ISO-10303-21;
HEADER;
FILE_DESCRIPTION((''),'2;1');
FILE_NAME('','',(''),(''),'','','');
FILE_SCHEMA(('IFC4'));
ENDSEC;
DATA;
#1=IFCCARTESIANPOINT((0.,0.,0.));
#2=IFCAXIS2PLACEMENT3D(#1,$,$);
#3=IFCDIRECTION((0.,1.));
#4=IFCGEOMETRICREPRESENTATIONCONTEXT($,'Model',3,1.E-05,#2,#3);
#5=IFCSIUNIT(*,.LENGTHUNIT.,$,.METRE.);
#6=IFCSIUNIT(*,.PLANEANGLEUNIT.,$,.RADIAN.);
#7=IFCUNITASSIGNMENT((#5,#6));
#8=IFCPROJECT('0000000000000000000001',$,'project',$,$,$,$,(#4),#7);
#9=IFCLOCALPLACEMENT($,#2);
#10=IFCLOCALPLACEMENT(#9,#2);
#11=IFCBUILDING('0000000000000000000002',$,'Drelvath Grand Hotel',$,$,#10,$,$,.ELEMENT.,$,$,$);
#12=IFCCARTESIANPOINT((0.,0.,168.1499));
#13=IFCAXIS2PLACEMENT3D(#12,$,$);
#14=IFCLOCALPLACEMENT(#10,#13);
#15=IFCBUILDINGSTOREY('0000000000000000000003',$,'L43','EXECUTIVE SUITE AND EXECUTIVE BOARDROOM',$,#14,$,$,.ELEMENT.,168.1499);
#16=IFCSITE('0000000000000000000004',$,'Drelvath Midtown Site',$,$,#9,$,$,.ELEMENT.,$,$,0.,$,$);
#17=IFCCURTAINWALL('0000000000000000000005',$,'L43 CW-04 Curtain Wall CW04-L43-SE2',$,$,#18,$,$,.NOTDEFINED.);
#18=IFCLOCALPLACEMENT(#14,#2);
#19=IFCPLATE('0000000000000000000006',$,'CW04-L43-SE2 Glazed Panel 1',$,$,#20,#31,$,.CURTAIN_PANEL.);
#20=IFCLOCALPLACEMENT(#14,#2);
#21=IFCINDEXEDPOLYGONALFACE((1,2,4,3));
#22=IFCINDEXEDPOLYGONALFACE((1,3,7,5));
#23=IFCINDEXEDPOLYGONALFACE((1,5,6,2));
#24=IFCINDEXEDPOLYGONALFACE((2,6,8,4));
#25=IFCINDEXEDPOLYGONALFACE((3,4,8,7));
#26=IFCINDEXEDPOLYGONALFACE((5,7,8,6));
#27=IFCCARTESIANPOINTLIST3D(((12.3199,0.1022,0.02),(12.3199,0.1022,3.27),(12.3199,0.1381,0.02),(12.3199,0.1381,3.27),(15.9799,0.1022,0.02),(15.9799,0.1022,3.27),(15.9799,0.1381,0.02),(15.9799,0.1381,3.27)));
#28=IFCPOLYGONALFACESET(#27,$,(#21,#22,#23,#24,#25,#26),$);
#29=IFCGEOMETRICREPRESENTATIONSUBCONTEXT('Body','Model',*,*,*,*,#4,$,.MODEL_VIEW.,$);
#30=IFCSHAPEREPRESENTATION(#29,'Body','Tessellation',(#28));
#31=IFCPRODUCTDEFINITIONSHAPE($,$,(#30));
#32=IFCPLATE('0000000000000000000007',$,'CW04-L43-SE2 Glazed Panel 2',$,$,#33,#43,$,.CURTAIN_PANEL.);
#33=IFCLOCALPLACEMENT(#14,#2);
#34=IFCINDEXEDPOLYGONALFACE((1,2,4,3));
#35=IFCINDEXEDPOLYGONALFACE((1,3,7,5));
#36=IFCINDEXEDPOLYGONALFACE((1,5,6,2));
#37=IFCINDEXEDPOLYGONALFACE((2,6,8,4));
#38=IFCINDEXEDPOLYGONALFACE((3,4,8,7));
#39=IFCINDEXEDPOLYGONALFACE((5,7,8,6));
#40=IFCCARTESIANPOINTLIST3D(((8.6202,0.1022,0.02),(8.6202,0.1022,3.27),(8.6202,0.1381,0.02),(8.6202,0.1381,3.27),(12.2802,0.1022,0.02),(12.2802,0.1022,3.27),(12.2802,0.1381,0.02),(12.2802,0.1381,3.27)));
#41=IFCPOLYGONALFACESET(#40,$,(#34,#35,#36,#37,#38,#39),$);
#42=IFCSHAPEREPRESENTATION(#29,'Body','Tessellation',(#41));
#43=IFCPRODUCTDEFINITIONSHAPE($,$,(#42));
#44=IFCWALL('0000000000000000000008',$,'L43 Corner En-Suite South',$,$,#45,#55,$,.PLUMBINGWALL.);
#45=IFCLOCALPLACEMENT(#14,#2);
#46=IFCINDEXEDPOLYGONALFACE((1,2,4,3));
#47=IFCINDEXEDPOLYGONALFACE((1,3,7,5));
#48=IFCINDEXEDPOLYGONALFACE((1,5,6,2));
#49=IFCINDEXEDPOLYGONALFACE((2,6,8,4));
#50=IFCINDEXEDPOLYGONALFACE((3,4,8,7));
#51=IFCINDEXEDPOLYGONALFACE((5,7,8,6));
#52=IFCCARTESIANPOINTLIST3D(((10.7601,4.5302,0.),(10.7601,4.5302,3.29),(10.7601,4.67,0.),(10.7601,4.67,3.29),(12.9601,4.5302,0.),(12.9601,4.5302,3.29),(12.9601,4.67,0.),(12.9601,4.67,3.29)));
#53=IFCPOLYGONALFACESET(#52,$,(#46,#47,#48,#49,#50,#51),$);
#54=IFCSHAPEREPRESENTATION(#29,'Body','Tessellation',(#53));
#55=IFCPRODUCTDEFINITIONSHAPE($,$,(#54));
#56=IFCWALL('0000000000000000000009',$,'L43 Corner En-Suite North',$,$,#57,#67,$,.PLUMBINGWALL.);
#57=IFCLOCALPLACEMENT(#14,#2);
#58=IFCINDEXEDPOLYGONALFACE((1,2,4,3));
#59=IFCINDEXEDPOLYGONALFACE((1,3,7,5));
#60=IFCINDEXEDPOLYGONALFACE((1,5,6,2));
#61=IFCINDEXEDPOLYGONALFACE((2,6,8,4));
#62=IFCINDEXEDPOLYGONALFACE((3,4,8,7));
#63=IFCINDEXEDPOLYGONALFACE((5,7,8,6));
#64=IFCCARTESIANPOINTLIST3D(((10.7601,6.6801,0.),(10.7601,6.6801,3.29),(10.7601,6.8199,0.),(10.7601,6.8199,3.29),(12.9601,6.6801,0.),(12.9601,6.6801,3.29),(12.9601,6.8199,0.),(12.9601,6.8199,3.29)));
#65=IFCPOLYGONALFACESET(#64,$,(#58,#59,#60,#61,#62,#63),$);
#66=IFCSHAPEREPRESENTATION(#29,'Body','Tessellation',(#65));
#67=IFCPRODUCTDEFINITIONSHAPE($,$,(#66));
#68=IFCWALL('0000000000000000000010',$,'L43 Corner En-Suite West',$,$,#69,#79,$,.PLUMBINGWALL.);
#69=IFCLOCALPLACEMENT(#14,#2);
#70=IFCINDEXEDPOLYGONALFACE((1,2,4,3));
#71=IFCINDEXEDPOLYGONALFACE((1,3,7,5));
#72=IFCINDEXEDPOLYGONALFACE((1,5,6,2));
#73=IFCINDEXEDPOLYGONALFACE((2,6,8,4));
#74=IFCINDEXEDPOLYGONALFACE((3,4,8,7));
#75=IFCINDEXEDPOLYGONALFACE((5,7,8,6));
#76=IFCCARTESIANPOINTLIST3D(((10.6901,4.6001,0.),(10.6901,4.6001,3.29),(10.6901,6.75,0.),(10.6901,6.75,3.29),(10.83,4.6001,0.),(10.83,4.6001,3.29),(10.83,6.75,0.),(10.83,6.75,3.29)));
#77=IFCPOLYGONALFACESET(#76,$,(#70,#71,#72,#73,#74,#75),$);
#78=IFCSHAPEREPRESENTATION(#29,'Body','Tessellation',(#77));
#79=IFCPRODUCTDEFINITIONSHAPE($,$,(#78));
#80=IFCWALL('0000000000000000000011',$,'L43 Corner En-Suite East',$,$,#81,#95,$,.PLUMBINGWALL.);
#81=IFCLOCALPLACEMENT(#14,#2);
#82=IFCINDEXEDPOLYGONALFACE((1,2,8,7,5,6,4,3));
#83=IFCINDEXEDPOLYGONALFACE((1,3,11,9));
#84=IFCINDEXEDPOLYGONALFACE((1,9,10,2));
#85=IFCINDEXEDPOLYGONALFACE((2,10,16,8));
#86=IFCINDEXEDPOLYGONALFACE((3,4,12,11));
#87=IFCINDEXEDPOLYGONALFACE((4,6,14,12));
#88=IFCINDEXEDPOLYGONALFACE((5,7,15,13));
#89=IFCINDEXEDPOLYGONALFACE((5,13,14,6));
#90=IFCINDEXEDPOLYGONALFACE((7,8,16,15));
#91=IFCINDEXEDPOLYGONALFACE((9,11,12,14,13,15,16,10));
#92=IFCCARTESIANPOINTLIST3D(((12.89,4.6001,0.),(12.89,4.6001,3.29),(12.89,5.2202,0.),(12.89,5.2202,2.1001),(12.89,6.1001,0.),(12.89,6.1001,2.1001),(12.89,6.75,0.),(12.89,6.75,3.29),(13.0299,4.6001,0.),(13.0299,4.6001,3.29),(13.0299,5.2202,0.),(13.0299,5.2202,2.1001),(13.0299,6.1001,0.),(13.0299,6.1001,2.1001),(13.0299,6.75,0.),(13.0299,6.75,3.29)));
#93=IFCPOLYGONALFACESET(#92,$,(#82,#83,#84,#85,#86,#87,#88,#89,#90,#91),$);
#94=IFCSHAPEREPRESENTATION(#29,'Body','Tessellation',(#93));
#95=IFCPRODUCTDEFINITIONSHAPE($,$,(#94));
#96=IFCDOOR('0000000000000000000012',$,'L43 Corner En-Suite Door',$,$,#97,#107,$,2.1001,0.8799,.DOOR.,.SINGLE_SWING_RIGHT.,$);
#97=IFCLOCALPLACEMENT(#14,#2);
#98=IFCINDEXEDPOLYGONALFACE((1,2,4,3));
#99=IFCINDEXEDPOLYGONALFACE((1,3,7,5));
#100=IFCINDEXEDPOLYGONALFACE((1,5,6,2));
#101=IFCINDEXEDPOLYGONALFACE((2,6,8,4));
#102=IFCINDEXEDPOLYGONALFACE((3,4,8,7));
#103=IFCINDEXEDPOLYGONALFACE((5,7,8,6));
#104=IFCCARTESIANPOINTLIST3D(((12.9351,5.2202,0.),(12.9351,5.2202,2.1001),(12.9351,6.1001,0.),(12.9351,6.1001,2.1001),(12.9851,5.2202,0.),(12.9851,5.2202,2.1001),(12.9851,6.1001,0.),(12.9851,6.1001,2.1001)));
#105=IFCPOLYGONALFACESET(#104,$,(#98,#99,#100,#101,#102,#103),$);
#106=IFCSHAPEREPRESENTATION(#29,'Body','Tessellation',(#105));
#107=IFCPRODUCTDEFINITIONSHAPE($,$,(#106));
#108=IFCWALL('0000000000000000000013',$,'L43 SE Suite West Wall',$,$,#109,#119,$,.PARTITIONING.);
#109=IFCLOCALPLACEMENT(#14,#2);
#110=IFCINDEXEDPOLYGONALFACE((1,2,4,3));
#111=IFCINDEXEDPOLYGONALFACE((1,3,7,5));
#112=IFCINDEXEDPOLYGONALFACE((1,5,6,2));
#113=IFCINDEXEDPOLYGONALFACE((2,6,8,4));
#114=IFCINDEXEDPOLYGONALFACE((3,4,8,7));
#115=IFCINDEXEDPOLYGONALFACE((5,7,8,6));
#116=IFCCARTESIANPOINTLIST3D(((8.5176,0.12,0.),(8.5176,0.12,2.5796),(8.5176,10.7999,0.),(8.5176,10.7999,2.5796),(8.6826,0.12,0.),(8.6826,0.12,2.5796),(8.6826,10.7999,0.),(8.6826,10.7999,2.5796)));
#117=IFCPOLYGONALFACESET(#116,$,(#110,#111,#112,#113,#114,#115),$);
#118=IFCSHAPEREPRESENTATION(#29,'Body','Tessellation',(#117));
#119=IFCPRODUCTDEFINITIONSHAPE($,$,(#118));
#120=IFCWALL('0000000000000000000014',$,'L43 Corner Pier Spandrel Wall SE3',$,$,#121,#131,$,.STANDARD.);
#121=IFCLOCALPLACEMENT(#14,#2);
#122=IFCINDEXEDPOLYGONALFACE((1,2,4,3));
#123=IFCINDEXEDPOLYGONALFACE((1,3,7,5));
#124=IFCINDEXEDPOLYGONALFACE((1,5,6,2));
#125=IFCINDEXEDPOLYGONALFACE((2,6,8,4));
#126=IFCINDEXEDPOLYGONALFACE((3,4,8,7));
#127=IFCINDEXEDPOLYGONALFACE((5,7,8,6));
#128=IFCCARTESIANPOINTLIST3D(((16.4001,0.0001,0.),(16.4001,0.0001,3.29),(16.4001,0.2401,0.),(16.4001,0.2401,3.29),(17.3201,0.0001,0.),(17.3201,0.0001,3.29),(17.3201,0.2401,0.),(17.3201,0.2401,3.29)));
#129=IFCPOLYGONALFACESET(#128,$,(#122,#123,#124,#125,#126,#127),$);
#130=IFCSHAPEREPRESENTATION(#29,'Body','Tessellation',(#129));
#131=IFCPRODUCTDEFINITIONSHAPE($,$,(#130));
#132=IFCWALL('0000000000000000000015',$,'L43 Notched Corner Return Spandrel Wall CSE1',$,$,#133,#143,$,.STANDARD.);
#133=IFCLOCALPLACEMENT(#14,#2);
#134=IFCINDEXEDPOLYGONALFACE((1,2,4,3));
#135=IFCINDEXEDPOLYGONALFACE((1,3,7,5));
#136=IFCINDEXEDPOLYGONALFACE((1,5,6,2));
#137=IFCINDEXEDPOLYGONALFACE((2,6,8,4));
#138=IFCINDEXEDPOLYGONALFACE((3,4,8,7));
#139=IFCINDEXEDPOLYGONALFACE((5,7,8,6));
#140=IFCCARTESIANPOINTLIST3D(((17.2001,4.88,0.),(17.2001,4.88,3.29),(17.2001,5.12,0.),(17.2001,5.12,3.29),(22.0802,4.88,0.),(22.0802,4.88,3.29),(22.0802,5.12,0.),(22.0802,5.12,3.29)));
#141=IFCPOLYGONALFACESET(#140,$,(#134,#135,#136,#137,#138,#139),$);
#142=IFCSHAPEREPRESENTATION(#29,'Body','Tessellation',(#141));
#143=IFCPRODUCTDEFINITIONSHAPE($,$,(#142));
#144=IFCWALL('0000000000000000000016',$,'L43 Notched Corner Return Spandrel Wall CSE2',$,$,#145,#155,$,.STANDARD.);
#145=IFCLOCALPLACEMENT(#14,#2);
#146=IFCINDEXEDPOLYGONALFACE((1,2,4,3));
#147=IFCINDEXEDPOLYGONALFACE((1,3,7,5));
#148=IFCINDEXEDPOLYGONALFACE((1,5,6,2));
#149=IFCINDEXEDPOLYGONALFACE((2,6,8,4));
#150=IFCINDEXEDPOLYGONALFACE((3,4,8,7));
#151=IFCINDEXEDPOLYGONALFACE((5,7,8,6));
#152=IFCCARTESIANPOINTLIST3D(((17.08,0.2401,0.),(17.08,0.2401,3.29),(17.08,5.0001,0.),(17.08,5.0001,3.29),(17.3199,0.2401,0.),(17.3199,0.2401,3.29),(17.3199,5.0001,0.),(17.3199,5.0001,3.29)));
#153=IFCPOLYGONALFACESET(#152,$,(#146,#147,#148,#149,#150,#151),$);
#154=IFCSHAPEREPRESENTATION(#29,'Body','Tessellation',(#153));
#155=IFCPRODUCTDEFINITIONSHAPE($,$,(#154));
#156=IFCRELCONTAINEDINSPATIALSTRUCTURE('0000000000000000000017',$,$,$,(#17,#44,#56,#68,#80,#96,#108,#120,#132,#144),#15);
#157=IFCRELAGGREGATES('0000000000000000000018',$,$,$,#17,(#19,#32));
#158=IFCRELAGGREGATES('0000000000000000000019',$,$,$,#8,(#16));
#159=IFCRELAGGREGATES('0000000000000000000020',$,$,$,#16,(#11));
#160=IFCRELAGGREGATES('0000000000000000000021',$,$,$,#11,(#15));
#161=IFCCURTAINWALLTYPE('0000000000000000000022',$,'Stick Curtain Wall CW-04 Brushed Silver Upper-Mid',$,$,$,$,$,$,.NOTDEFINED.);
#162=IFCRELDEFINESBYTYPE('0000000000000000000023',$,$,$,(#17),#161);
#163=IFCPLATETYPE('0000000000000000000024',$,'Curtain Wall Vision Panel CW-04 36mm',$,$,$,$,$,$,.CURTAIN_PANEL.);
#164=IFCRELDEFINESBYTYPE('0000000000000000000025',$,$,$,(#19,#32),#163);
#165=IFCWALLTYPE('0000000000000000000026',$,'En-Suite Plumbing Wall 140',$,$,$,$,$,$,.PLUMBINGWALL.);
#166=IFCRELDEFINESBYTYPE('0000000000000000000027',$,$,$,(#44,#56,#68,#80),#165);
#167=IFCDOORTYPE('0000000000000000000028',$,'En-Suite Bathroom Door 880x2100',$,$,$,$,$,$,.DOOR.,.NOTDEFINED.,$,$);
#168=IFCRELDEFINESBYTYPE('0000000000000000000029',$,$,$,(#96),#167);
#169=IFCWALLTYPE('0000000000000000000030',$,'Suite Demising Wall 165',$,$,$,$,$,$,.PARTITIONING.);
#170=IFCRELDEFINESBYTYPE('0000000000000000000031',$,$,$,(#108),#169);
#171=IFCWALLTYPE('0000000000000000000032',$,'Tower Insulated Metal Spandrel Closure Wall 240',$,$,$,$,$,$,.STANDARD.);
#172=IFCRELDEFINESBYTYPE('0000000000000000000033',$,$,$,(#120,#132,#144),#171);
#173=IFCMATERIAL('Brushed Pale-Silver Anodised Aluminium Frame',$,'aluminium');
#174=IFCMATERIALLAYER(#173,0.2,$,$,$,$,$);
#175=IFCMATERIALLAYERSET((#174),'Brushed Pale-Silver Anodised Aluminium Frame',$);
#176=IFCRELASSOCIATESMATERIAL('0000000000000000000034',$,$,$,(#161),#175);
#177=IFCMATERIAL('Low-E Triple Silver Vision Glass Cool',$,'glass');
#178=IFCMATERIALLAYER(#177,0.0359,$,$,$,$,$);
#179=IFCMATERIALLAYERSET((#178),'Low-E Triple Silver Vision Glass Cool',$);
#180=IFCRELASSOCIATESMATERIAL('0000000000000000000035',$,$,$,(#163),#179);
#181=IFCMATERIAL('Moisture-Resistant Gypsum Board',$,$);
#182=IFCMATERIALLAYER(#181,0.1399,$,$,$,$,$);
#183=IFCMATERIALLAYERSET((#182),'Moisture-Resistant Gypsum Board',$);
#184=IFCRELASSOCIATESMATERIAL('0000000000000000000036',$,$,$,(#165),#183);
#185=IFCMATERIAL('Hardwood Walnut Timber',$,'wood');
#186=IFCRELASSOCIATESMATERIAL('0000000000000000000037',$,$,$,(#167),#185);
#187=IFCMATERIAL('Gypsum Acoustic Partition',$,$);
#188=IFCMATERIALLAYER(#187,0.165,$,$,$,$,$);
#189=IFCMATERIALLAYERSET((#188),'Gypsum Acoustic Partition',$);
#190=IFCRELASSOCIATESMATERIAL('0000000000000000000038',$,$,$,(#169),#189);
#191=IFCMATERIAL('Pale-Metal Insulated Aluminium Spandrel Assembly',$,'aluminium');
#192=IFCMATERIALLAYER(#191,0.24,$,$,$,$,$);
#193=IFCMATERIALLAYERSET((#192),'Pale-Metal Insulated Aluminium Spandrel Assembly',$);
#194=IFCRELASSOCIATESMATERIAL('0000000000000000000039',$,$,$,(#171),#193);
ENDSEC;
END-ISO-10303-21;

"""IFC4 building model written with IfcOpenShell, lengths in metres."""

from ifc_helpers import new_model, si_unit, direction, frame, frame_2d, origin, origin_2d, place, context, subcontext, project, spatial, rectangle, extrude, material, layer, layer_set, type_object, element, fill, aggregate, save


model = new_model("IFC4")

# Units and contexts
model_context = context("Model", 3, precision=1e-05, world=origin(), true_north=direction((0.0, 1.0)))
body_context = subcontext(model_context, "Body", "Model", "MODEL_VIEW")
ifc_project = project(units=[si_unit("LENGTHUNIT", "METRE"), si_unit("PLANEANGLEUNIT", "RADIAN")], contexts=[model_context])

# Site, building, storey
site_placement = place(None, origin())
site = spatial("IfcSite", under=ifc_project, at=site_placement, Name="Drelvath Midtown Site", CompositionType="ELEMENT", RefElevation=0.0)
building_placement = place(site_placement, origin())
building = spatial("IfcBuilding", under=site, at=building_placement, Name="Drelvath Grand Hotel", CompositionType="ELEMENT")
storey_placement = place(building_placement, frame((0.0, 0.0, 168.1499)))
storey = spatial("IfcBuildingStorey", under=building, at=storey_placement, Name="L43", Description="EXECUTIVE SUITE AND EXECUTIVE BOARDROOM", CompositionType="ELEMENT", Elevation=168.1499)

# Curtain wall
ifc_material_1 = material(Name="Brushed Pale-Silver Anodised Aluminium Frame", Category="aluminium")
ifc_layer_1 = layer(ifc_material_1, 0.2)
ifc_layer_set_1 = layer_set([ifc_layer_1], Name="Brushed Pale-Silver Anodised Aluminium Frame")
curtain_wall_type = type_object("IfcCurtainWallType", Name="Stick Curtain Wall CW-04 Brushed Silver Upper-Mid", PredefinedType="NOTDEFINED", material=ifc_layer_set_1)
curtain_wall_1_placement = place(storey_placement, origin())
curtain_wall_1 = element("IfcCurtainWall", 1, at=curtain_wall_1_placement, inside=storey, type_object=curtain_wall_type, Name="L43 CW-04 Curtain Wall CW04-L43-SE2", PredefinedType="NOTDEFINED")

# Plates
ifc_material_2 = material(Name="Low-E Triple Silver Vision Glass Cool", Category="glass")
ifc_layer_2 = layer(ifc_material_2, 0.0359)
ifc_layer_set_2 = layer_set([ifc_layer_2], Name="Low-E Triple Silver Vision Glass Cool")
plate_type = type_object("IfcPlateType", Name="Curtain Wall Vision Panel CW-04 36mm", PredefinedType="CURTAIN_PANEL", material=ifc_layer_set_2)
plate_1_placement = place(storey_placement, frame((14.1499, 0.1201, 0.02), z_axis=(0.0, 0.0, 1.0), x_axis=(-1.0, 0.0, 0.0)))
plate_1 = element("IfcPlate", 2, at=plate_1_placement, type_object=plate_type, Name="CW04-L43-SE2 Glazed Panel 1", PredefinedType="CURTAIN_PANEL", context=body_context, shape_type="SweptSolid", body=[
    extrude(rectangle(XDim=3.6599, YDim=0.0359, at=origin_2d()), origin(), (0.0, 0.0, 1.0), 3.25),
])
plate_2_placement = place(storey_placement, frame((10.4502, 0.1201, 0.02), z_axis=(0.0, 0.0, 1.0), x_axis=(-1.0, 0.0, 0.0)))
plate_2 = element("IfcPlate", 3, at=plate_2_placement, type_object=plate_type, Name="CW04-L43-SE2 Glazed Panel 2", PredefinedType="CURTAIN_PANEL", context=body_context, shape_type="SweptSolid", body=[
    extrude(rectangle(XDim=3.6599, YDim=0.0359, at=origin_2d()), origin(), (0.0, 0.0, 1.0), 3.25),
])
aggregate(curtain_wall_1, [plate_1, plate_2])

# Walls
ifc_material_3 = material(Name="Moisture-Resistant Gypsum Board")
ifc_layer_3 = layer(ifc_material_3, 0.1399)
ifc_layer_set_3 = layer_set([ifc_layer_3], Name="Moisture-Resistant Gypsum Board")
wall_type_1 = type_object("IfcWallType", Name="En-Suite Plumbing Wall 140", PredefinedType="PLUMBINGWALL", material=ifc_layer_set_3)
for number, where, z_axis, x_axis, name in (
    (4, (10.76, 4.6001, 0.0), (0.0, 0.0, 1.0), (1.0, 0.0, 0.0), "L43 Corner En-Suite South"),
    (5, (10.76, 6.75, 0.0), (0.0, 0.0, 1.0), (1.0, 0.0, 0.0), "L43 Corner En-Suite North"),
):
    element("IfcWall", number, at=place(storey_placement, frame(where, z_axis=z_axis, x_axis=x_axis)), inside=storey, type_object=wall_type_1, Name=name, PredefinedType="PLUMBINGWALL", context=body_context, shape_type="SweptSolid", body=[
        extrude(rectangle(XDim=2.2, YDim=0.1399, at=frame_2d((1.1001, 0.0))), origin(), (0.0, 0.0, 1.0), 3.29),
    ])
wall_1_placement = place(storey_placement, frame((10.76, 4.6001, 0.0), z_axis=(0.0, 0.0, 1.0), x_axis=(0.0, 1.0, 0.0)))
element("IfcWall", 6, at=wall_1_placement, inside=storey, type_object=wall_type_1, Name="L43 Corner En-Suite West", PredefinedType="PLUMBINGWALL", context=body_context, shape_type="SweptSolid", body=[
    extrude(rectangle(XDim=2.1499, YDim=0.1399, at=frame_2d((1.075, 0.0))), origin(), (0.0, 0.0, 1.0), 3.29),
])

# Wall, opening, door
wall_2_placement = place(storey_placement, frame((12.96, 4.6001, 0.0), z_axis=(0.0, 0.0, 1.0), x_axis=(0.0, 1.0, 0.0)))
wall_2 = element("IfcWall", 7, at=wall_2_placement, inside=storey, type_object=wall_type_1, Name="L43 Corner En-Suite East", PredefinedType="PLUMBINGWALL", context=body_context, shape_type="SweptSolid", body=[
    extrude(rectangle(XDim=2.1499, YDim=0.1399, at=frame_2d((1.075, 0.0))), origin(), (0.0, 0.0, 1.0), 3.29),
])
opening_placement = place(wall_2_placement, frame((0.6201, 0.0, 0.0)))
opening = element("IfcOpeningElement", 8, at=opening_placement, cuts=wall_2, PredefinedType="OPENING", context=body_context, shape_type="SweptSolid", body=[
    extrude(rectangle(XDim=0.8799, YDim=2.1001, at=frame_2d((0.4399, 1.05))), frame((0.0, 0.0798, 0.0), z_axis=(0.0, -1.0, 0.0), x_axis=(1.0, 0.0, 0.0)), (0.0, 0.0, 1.0), 0.1599),
])
ifc_material_4 = material(Name="Hardwood Walnut Timber", Category="wood")
door_type = type_object("IfcDoorType", Name="En-Suite Bathroom Door 880x2100", OperationType="NOTDEFINED", PredefinedType="DOOR", material=ifc_material_4)
door_placement = place(opening_placement, origin())
door = element("IfcDoor", 9, at=door_placement, inside=storey, type_object=door_type, Name="L43 Corner En-Suite Door", OperationType="SINGLE_SWING_RIGHT", OverallHeight=2.1001, OverallWidth=0.8799, PredefinedType="DOOR", context=body_context, shape_type="SweptSolid", body=[
    extrude(rectangle(XDim=0.8799, YDim=2.1001, at=frame_2d((0.4399, 1.05))), frame((0.0, 0.0249, 0.0), z_axis=(0.0, -1.0, 0.0), x_axis=(1.0, 0.0, 0.0)), (0.0, 0.0, 1.0), 0.05),
])
fill(opening, door)

# Walls
ifc_material_5 = material(Name="Gypsum Acoustic Partition")
ifc_layer_4 = layer(ifc_material_5, 0.165)
ifc_layer_set_4 = layer_set([ifc_layer_4], Name="Gypsum Acoustic Partition")
wall_type_2 = type_object("IfcWallType", Name="Suite Demising Wall 165", PredefinedType="PARTITIONING", material=ifc_layer_set_4)
wall_3_placement = place(storey_placement, frame((8.6001, 0.1201, 0.0), z_axis=(0.0, 0.0, 1.0), x_axis=(0.0, 1.0, 0.0)))
element("IfcWall", 10, at=wall_3_placement, inside=storey, type_object=wall_type_2, Name="L43 SE Suite West Wall", PredefinedType="PARTITIONING", context=body_context, shape_type="SweptSolid", body=[
    extrude(rectangle(XDim=10.6799, YDim=0.165, at=frame_2d((5.3398, 0.0))), origin(), (0.0, 0.0, 1.0), 2.5796),
])
ifc_material_6 = material(Name="Pale-Metal Insulated Aluminium Spandrel Assembly", Category="aluminium")
ifc_layer_5 = layer(ifc_material_6, 0.24)
ifc_layer_set_5 = layer_set([ifc_layer_5], Name="Pale-Metal Insulated Aluminium Spandrel Assembly")
wall_type_3 = type_object("IfcWallType", Name="Tower Insulated Metal Spandrel Closure Wall 240", PredefinedType="STANDARD", material=ifc_layer_set_5)
wall_4_placement = place(storey_placement, frame((17.3201, 0.1201, 0.0), z_axis=(0.0, 0.0, 1.0), x_axis=(-1.0, 0.0, 0.0)))
element("IfcWall", 11, at=wall_4_placement, inside=storey, type_object=wall_type_3, Name="L43 Corner Pier Spandrel Wall SE3", PredefinedType="STANDARD", context=body_context, shape_type="SweptSolid", body=[
    extrude(rectangle(XDim=0.9199, YDim=0.24, at=frame_2d((0.46, 0.0))), origin(), (0.0, 0.0, 1.0), 3.29),
])
wall_5_placement = place(storey_placement, frame((22.0801, 5.0, 0.0), z_axis=(0.0, 0.0, 1.0), x_axis=(-1.0, 0.0, 0.0)))
element("IfcWall", 12, at=wall_5_placement, inside=storey, type_object=wall_type_3, Name="L43 Notched Corner Return Spandrel Wall CSE1", PredefinedType="STANDARD", context=body_context, shape_type="SweptSolid", body=[
    extrude(rectangle(XDim=4.8801, YDim=0.24, at=frame_2d((2.4399, 0.0))), origin(), (0.0, 0.0, 1.0), 3.29),
])
wall_6_placement = place(storey_placement, frame((17.2, 5.0, 0.0), z_axis=(0.0, 0.0, 1.0), x_axis=(0.0, -1.0, 0.0)))
element("IfcWall", 13, at=wall_6_placement, inside=storey, type_object=wall_type_3, Name="L43 Notched Corner Return Spandrel Wall CSE2", PredefinedType="STANDARD", context=body_context, shape_type="SweptSolid", body=[
    extrude(rectangle(XDim=4.76, YDim=0.24, at=frame_2d((2.3799, 0.0))), origin(), (0.0, 0.0, 1.0), 3.29),
])

save(model, "model.ifc")
